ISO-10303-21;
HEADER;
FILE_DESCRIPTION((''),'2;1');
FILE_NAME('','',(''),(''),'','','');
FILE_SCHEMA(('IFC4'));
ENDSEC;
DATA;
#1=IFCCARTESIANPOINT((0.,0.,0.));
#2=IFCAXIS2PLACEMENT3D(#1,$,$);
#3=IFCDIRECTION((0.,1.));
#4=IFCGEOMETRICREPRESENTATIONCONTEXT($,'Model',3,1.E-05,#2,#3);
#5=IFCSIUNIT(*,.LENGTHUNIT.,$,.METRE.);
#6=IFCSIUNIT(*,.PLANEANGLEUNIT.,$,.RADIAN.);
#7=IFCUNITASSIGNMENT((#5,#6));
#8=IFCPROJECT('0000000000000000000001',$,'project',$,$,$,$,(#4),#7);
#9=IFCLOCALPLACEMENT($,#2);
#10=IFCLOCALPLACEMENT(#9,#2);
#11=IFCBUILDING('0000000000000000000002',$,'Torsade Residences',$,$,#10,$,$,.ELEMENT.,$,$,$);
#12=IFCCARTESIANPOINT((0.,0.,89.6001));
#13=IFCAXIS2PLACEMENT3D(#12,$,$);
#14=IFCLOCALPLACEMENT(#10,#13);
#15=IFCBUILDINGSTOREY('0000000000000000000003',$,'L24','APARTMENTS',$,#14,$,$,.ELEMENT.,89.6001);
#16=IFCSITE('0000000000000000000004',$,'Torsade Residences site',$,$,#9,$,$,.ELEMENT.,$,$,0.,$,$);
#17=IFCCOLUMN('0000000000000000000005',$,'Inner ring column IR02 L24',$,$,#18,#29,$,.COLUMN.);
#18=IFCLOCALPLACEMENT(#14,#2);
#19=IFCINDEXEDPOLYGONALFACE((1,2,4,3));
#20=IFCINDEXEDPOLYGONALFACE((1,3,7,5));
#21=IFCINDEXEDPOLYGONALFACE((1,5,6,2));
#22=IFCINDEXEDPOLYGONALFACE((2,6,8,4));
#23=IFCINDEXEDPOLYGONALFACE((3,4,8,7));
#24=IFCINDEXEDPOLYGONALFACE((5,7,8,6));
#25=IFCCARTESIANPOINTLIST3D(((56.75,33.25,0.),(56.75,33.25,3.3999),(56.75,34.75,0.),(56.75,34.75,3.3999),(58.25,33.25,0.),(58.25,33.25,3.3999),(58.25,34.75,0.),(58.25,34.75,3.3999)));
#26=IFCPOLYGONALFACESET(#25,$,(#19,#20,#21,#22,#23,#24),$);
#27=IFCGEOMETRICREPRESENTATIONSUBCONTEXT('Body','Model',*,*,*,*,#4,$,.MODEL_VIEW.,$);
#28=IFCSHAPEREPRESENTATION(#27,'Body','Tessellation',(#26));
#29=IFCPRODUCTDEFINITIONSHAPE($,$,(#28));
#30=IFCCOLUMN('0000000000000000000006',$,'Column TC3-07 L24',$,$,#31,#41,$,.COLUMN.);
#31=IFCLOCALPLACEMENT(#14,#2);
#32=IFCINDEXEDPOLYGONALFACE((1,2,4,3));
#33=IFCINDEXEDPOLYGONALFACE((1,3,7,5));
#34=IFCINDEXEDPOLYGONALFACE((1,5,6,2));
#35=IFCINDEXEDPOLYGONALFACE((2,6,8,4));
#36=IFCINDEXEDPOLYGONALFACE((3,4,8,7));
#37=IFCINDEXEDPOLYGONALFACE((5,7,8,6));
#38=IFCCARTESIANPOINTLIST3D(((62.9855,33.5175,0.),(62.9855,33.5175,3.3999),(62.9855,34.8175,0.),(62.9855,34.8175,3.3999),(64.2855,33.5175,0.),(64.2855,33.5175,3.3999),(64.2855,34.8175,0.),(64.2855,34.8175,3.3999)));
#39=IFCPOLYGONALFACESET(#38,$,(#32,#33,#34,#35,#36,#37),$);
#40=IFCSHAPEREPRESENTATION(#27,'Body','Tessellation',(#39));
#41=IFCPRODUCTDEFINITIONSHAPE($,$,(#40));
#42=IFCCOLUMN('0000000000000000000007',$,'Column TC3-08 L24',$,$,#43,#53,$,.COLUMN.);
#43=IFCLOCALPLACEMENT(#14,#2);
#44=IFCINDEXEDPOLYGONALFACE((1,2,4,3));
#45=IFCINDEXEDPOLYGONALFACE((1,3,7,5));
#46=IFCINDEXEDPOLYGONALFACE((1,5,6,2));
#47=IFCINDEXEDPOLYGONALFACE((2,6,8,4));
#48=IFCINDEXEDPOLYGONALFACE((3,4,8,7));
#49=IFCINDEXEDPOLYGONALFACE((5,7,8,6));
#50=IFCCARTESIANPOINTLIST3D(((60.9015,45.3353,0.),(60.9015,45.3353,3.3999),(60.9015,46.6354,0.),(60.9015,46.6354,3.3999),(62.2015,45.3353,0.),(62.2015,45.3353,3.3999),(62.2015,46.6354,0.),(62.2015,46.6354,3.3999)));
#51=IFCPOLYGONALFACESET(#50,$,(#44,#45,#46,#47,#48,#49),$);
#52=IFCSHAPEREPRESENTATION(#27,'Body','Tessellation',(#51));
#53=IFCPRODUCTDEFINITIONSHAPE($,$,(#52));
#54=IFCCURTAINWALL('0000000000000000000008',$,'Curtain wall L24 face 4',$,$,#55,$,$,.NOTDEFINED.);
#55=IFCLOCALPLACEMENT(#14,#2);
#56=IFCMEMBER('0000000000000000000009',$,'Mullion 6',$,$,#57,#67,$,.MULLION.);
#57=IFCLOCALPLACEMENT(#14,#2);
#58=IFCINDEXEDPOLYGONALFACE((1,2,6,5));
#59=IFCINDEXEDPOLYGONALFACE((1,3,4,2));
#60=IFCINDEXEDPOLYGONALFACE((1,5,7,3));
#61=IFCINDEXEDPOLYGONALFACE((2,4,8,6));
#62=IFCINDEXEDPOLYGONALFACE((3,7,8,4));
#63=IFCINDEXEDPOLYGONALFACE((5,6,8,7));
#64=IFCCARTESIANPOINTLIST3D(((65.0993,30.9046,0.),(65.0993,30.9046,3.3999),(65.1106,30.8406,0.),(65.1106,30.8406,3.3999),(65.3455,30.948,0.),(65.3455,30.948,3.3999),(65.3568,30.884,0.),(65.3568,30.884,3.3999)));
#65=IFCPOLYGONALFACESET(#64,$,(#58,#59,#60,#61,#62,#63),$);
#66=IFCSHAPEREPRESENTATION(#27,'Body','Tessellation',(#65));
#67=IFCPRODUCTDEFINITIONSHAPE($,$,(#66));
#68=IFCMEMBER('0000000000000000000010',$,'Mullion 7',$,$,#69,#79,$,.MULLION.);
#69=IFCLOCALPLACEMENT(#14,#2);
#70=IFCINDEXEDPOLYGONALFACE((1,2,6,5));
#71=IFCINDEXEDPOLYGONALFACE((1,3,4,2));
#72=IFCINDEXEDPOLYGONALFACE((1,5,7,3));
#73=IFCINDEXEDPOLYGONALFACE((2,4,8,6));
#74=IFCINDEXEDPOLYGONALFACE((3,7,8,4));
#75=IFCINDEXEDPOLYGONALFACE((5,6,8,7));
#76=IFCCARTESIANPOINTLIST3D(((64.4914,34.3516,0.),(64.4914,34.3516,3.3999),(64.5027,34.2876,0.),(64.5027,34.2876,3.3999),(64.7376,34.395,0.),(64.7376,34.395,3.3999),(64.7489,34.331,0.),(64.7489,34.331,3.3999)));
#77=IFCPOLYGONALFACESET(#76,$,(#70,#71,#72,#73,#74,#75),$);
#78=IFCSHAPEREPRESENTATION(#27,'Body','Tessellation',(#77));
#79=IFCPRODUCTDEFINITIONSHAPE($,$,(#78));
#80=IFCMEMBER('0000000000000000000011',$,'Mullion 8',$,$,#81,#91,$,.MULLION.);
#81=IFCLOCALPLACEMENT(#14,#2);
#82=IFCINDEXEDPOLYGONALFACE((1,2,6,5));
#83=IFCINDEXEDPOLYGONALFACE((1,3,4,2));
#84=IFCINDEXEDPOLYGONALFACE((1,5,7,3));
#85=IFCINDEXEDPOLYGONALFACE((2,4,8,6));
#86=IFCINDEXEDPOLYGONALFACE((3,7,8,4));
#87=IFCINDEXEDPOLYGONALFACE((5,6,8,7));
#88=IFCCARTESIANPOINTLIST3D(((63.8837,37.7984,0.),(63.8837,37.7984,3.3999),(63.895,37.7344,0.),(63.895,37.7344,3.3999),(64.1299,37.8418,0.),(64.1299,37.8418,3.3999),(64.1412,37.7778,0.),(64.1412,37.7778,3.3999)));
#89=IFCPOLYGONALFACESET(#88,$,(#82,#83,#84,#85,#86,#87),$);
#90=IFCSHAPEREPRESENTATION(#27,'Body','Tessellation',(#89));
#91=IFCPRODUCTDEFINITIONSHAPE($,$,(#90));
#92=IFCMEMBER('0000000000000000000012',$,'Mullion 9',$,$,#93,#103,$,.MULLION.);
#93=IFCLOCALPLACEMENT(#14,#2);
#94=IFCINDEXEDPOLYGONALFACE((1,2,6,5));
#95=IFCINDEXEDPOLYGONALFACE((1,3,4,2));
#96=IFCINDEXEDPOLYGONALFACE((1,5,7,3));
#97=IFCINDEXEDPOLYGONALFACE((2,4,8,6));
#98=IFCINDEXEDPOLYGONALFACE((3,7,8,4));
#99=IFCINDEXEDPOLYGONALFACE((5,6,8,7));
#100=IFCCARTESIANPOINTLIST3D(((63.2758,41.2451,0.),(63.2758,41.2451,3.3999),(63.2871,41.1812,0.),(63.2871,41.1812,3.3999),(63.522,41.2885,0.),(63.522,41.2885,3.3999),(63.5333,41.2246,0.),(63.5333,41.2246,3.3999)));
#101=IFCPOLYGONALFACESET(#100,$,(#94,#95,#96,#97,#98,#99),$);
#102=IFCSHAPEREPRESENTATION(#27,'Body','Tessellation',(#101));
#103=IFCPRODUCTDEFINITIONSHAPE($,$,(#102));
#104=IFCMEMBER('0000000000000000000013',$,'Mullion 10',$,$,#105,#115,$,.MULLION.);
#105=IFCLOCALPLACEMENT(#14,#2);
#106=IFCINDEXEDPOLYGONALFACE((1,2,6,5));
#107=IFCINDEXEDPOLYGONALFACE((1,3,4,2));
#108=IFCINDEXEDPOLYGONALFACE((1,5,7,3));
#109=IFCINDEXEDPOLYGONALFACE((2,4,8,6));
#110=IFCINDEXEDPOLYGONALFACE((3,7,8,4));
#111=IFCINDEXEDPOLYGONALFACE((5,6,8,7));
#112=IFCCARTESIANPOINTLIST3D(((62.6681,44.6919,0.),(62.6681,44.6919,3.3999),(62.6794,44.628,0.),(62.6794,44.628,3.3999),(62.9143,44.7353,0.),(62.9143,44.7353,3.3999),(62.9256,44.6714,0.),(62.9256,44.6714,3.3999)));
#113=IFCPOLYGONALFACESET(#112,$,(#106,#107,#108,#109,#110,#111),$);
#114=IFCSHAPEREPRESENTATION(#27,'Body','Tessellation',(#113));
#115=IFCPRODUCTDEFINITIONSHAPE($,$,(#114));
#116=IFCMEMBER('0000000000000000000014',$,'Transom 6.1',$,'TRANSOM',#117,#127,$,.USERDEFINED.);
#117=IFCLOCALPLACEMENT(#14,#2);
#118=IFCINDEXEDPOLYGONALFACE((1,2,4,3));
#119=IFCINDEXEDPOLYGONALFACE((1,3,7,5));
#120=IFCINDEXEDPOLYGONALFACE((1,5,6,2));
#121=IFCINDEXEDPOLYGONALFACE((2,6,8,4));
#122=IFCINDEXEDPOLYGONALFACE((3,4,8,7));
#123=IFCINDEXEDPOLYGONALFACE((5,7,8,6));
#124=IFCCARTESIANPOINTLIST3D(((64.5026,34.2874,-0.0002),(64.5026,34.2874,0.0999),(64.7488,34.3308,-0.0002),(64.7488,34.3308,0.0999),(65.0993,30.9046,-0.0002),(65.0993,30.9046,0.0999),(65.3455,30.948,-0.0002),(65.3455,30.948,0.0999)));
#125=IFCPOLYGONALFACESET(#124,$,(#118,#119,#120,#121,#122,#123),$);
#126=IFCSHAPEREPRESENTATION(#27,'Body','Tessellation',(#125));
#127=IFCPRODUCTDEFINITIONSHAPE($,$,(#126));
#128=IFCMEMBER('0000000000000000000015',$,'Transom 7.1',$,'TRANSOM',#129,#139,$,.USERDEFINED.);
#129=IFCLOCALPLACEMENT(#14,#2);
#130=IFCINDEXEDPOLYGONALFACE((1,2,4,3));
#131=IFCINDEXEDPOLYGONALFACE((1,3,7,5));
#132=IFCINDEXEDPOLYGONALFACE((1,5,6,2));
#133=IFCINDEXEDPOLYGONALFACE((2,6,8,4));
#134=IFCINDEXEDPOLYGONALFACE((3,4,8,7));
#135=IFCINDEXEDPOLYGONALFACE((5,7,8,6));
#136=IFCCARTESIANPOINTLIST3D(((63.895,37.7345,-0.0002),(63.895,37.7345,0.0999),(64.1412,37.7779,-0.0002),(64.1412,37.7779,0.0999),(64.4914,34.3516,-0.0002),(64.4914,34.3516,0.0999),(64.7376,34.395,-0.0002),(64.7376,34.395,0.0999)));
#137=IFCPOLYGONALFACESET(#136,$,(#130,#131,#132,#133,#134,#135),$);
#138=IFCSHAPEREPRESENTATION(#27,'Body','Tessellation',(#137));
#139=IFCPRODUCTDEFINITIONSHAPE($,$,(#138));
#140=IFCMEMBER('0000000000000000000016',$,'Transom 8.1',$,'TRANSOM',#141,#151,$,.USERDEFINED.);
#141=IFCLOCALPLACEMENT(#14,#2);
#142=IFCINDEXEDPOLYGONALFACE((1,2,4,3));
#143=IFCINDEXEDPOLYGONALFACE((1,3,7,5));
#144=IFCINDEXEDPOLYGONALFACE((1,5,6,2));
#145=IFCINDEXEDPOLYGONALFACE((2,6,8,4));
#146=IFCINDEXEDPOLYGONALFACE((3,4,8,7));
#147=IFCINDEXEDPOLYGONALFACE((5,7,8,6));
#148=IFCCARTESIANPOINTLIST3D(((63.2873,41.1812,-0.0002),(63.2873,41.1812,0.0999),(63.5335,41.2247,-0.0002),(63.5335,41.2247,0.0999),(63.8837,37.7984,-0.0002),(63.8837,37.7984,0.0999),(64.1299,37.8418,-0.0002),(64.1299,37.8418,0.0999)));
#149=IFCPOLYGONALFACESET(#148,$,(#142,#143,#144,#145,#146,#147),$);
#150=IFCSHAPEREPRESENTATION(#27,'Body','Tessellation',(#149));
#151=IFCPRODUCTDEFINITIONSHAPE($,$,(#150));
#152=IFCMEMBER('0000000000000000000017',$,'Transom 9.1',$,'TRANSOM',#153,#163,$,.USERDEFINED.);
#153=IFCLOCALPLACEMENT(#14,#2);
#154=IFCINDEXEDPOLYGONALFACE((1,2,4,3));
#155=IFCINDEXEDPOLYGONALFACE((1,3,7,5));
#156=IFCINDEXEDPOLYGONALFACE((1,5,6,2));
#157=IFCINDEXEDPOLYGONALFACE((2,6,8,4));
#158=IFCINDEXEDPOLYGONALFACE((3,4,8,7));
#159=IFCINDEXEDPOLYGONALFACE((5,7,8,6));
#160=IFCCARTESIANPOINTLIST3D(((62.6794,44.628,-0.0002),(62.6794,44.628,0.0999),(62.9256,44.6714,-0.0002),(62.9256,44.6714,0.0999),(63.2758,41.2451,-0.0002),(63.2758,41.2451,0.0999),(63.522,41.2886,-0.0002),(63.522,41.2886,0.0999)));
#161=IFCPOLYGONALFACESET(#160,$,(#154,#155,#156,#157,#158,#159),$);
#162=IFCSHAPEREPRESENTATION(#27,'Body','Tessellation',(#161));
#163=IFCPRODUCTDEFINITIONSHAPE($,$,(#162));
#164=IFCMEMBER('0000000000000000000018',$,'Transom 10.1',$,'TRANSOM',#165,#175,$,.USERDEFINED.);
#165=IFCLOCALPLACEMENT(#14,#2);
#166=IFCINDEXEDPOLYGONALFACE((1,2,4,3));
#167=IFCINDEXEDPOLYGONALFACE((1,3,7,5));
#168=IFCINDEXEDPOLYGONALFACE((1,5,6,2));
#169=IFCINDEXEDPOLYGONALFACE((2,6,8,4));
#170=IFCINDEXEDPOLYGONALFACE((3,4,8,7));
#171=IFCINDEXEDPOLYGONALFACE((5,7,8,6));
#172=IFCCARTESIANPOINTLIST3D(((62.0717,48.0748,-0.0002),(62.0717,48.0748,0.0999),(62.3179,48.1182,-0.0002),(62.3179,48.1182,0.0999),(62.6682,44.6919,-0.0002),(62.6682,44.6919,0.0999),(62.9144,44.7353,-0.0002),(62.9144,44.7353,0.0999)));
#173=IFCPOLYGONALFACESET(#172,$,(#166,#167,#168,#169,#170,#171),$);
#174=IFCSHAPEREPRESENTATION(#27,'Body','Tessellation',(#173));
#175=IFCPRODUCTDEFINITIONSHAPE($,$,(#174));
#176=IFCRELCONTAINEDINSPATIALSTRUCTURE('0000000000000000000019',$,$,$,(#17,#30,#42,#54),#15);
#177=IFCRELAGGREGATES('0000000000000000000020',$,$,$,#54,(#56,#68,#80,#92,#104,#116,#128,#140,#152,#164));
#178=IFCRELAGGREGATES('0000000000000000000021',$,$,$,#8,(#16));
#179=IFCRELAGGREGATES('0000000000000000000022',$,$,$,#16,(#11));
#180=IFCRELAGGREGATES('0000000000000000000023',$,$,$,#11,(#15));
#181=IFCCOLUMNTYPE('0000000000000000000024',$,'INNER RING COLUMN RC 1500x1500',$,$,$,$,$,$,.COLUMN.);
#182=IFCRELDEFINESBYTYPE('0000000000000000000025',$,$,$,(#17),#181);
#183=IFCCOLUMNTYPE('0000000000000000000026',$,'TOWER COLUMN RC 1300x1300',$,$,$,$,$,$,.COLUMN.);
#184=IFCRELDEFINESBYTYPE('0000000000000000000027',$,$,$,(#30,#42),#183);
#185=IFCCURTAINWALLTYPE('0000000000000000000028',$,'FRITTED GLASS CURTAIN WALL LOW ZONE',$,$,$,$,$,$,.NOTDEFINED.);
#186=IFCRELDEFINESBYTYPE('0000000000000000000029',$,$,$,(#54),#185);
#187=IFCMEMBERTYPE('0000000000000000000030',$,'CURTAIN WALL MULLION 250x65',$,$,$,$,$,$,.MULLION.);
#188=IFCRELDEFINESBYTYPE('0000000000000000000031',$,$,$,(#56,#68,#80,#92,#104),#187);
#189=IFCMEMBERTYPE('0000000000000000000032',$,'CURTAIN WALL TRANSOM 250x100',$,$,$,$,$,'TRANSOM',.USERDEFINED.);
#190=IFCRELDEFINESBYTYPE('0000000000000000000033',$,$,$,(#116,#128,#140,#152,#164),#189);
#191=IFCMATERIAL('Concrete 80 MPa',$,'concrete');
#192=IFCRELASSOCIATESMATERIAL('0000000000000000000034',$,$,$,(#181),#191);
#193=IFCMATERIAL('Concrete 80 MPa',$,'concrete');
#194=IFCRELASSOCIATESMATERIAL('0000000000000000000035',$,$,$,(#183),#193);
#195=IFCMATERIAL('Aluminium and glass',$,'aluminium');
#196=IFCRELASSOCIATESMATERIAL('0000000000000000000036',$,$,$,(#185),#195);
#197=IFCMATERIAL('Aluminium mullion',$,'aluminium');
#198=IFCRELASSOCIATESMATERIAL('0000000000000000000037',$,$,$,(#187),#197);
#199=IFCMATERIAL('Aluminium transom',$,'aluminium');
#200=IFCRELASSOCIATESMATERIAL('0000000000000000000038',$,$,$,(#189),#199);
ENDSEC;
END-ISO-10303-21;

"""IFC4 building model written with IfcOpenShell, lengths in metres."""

from ifc_helpers import new_model, si_unit, direction, frame, origin, origin_2d, place, context, subcontext, project, spatial, rectangle, extrude, material, material_profile, profile_set, type_object, element, aggregate, save


model = new_model("IFC4")

# Units and contexts
model_context = context("Model", 3, precision=1e-05, world=origin(), true_north=direction((0.0, 1.0)))
body_context = subcontext(model_context, "Body", "Model", "MODEL_VIEW")
ifc_project = project(units=[si_unit("LENGTHUNIT", "METRE"), si_unit("PLANEANGLEUNIT", "RADIAN")], contexts=[model_context])

# Site, building, storey
site_placement = place(None, origin())
site = spatial("IfcSite", under=ifc_project, at=site_placement, Name="Torsade Residences site", CompositionType="ELEMENT", RefElevation=0.0)
building_placement = place(site_placement, origin())
building = spatial("IfcBuilding", under=site, at=building_placement, Name="Torsade Residences", CompositionType="ELEMENT")
storey_placement = place(building_placement, frame((0.0, 0.0, 89.6001)))
storey = spatial("IfcBuildingStorey", under=building, at=storey_placement, Name="L24", Description="APARTMENTS", CompositionType="ELEMENT", Elevation=89.6001)

# Columns
ifc_material_1 = material(Name="Concrete 80 MPa", Category="concrete")
ifc_material_profile_1 = material_profile(ifc_material_1, rectangle(XDim=1.5, YDim=1.5, at=origin_2d()), Name="RC 1500x1500")
ifc_profile_set_1 = profile_set([ifc_material_profile_1], Name="Concrete 80 MPa")
column_type_1 = type_object("IfcColumnType", Name="INNER RING COLUMN RC 1500x1500", PredefinedType="COLUMN", material=ifc_profile_set_1)
column_placement = place(storey_placement, frame((57.5, 34.0, 0.0), z_axis=(0.0, 0.0, 1.0), x_axis=(1.0, 0.0, 0.0)))
element("IfcColumn", 1, at=column_placement, inside=storey, type_object=column_type_1, Name="Inner ring column IR02 L24", PredefinedType="COLUMN", context=body_context, shape_type="SweptSolid", body=[
    extrude(rectangle(XDim=1.5, YDim=1.5, at=origin_2d()), origin(), (0.0, 0.0, 1.0), 3.3999),
])
ifc_material_2 = material(Name="Concrete 80 MPa", Category="concrete")
ifc_material_profile_2 = material_profile(ifc_material_2, rectangle(XDim=1.3, YDim=1.3, at=origin_2d()), Name="RC 1300x1300")
ifc_profile_set_2 = profile_set([ifc_material_profile_2], Name="Concrete 80 MPa")
column_type_2 = type_object("IfcColumnType", Name="TOWER COLUMN RC 1300x1300", PredefinedType="COLUMN", material=ifc_profile_set_2)
for number, where, z_axis, x_axis, name in (
    (2, (63.6355, 34.1675, 0.0), (0.0, 0.0, 1.0), (1.0, 0.0, 0.0), "Column TC3-07 L24"),
    (3, (61.5515, 45.9854, 0.0), (0.0, 0.0, 1.0), (1.0, 0.0, 0.0), "Column TC3-08 L24"),
):
    element("IfcColumn", number, at=place(storey_placement, frame(where, z_axis=z_axis, x_axis=x_axis)), inside=storey, type_object=column_type_2, Name=name, PredefinedType="COLUMN", context=body_context, shape_type="SweptSolid", body=[
        extrude(rectangle(XDim=1.3, YDim=1.3, at=origin_2d()), origin(), (0.0, 0.0, 1.0), 3.3999),
    ])

# Curtain wall, members
ifc_material_3 = material(Name="Aluminium and glass", Category="aluminium")
curtain_wall_type = type_object("IfcCurtainWallType", Name="FRITTED GLASS CURTAIN WALL LOW ZONE", PredefinedType="NOTDEFINED", material=ifc_material_3)
curtain_wall_placement = place(storey_placement, origin())
curtain_wall = element("IfcCurtainWall", 4, at=curtain_wall_placement, inside=storey, type_object=curtain_wall_type, Name="Curtain wall L24 face 4", PredefinedType="NOTDEFINED")
ifc_material_4 = material(Name="Aluminium mullion", Category="aluminium")
ifc_material_profile_3 = material_profile(ifc_material_4, rectangle(XDim=0.25, YDim=0.0649, at=origin_2d()), Name="CURTAIN WALL MULLION 250x65")
ifc_profile_set_3 = profile_set([ifc_material_profile_3], Name="Aluminium mullion")
member_type_1 = type_object("IfcMemberType", Name="CURTAIN WALL MULLION 250x65", PredefinedType="MULLION", material=ifc_profile_set_3)
member_1_placement = place(storey_placement, frame((65.228, 30.8943, 0.0), z_axis=(0.0, 0.0, 1.0), x_axis=(-0.984808, -0.173648, 0.0)))
member_1 = element("IfcMember", 5, at=member_1_placement, type_object=member_type_1, Name="Mullion 6", PredefinedType="MULLION", context=body_context, shape_type="SweptSolid", body=[
    extrude(rectangle(XDim=0.25, YDim=0.0649, at=origin_2d()), origin(), (0.0, 0.0, 1.0), 3.3999),
])
member_2_placement = place(storey_placement, frame((64.6201, 34.3413, 0.0), z_axis=(0.0, 0.0, 1.0), x_axis=(-0.984808, -0.173648, 0.0)))
member_2 = element("IfcMember", 6, at=member_2_placement, type_object=member_type_1, Name="Mullion 7", PredefinedType="MULLION", context=body_context, shape_type="SweptSolid", body=[
    extrude(rectangle(XDim=0.25, YDim=0.0649, at=origin_2d()), origin(), (0.0, 0.0, 1.0), 3.3999),
])
member_3_placement = place(storey_placement, frame((64.0125, 37.7881, 0.0), z_axis=(0.0, 0.0, 1.0), x_axis=(-0.984808, -0.173648, 0.0)))
member_3 = element("IfcMember", 7, at=member_3_placement, type_object=member_type_1, Name="Mullion 8", PredefinedType="MULLION", context=body_context, shape_type="SweptSolid", body=[
    extrude(rectangle(XDim=0.25, YDim=0.0649, at=origin_2d()), origin(), (0.0, 0.0, 1.0), 3.3999),
])
member_4_placement = place(storey_placement, frame((63.4045, 41.2349, 0.0), z_axis=(0.0, 0.0, 1.0), x_axis=(-0.984808, -0.173648, 0.0)))
member_4 = element("IfcMember", 8, at=member_4_placement, type_object=member_type_1, Name="Mullion 9", PredefinedType="MULLION", context=body_context, shape_type="SweptSolid", body=[
    extrude(rectangle(XDim=0.25, YDim=0.0649, at=origin_2d()), origin(), (0.0, 0.0, 1.0), 3.3999),
])
member_5_placement = place(storey_placement, frame((62.7969, 44.6816, 0.0), z_axis=(0.0, 0.0, 1.0), x_axis=(-0.984808, -0.173648, 0.0)))
member_5 = element("IfcMember", 9, at=member_5_placement, type_object=member_type_1, Name="Mullion 10", PredefinedType="MULLION", context=body_context, shape_type="SweptSolid", body=[
    extrude(rectangle(XDim=0.25, YDim=0.0649, at=origin_2d()), origin(), (0.0, 0.0, 1.0), 3.3999),
])
ifc_material_5 = material(Name="Aluminium transom", Category="aluminium")
ifc_material_profile_4 = material_profile(ifc_material_5, rectangle(XDim=0.25, YDim=0.1001, at=origin_2d()), Name="CURTAIN WALL TRANSOM 250x100")
ifc_profile_set_4 = profile_set([ifc_material_profile_4], Name="Aluminium transom")
member_type_2 = type_object("IfcMemberType", Name="CURTAIN WALL TRANSOM 250x100", ElementType="TRANSOM", PredefinedType="USERDEFINED", material=ifc_profile_set_4)
member_6_placement = place(storey_placement, frame((65.2224, 30.9263, 0.0498), z_axis=(-0.173704, 0.984798, 0.0), x_axis=(-0.984798, -0.173704, 0.0)))
member_6 = element("IfcMember", 10, at=member_6_placement, type_object=member_type_2, Name="Transom 6.1", ObjectType="TRANSOM", PredefinedType="USERDEFINED", context=body_context, shape_type="SweptSolid", body=[
    extrude(rectangle(XDim=0.25, YDim=0.1001, at=origin_2d()), origin(), (0.0, 0.0, 1.0), 3.4351),
])
member_7_placement = place(storey_placement, frame((64.6145, 34.3733, 0.0498), z_axis=(-0.173635, 0.98481, 0.0), x_axis=(-0.98481, -0.173635, 0.0)))
member_7 = element("IfcMember", 11, at=member_7_placement, type_object=member_type_2, Name="Transom 7.1", ObjectType="TRANSOM", PredefinedType="USERDEFINED", context=body_context, shape_type="SweptSolid", body=[
    extrude(rectangle(XDim=0.25, YDim=0.1001, at=origin_2d()), origin(), (0.0, 0.0, 1.0), 3.4351),
])
member_8_placement = place(storey_placement, frame((64.0068, 37.8201, 0.0498), z_axis=(-0.173635, 0.98481, 0.0), x_axis=(-0.98481, -0.173635, 0.0)))
member_8 = element("IfcMember", 12, at=member_8_placement, type_object=member_type_2, Name="Transom 8.1", ObjectType="TRANSOM", PredefinedType="USERDEFINED", context=body_context, shape_type="SweptSolid", body=[
    extrude(rectangle(XDim=0.25, YDim=0.1001, at=origin_2d()), origin(), (0.0, 0.0, 1.0), 3.4351),
])
member_9_placement = place(storey_placement, frame((63.3989, 41.2668, 0.0498), z_axis=(-0.173635, 0.98481, 0.0), x_axis=(-0.98481, -0.173635, 0.0)))
member_9 = element("IfcMember", 13, at=member_9_placement, type_object=member_type_2, Name="Transom 9.1", ObjectType="TRANSOM", PredefinedType="USERDEFINED", context=body_context, shape_type="SweptSolid", body=[
    extrude(rectangle(XDim=0.25, YDim=0.1001, at=origin_2d()), origin(), (0.0, 0.0, 1.0), 3.4351),
])
member_10_placement = place(storey_placement, frame((62.7913, 44.7136, 0.0498), z_axis=(-0.173635, 0.98481, 0.0), x_axis=(-0.98481, -0.173635, 0.0)))
member_10 = element("IfcMember", 14, at=member_10_placement, type_object=member_type_2, Name="Transom 10.1", ObjectType="TRANSOM", PredefinedType="USERDEFINED", context=body_context, shape_type="SweptSolid", body=[
    extrude(rectangle(XDim=0.25, YDim=0.1001, at=origin_2d()), origin(), (0.0, 0.0, 1.0), 3.4351),
])

aggregate(curtain_wall, [member_1, member_2, member_3, member_4, member_5, member_6, member_7, member_8, member_9, member_10])

save(model, "model.ifc")
